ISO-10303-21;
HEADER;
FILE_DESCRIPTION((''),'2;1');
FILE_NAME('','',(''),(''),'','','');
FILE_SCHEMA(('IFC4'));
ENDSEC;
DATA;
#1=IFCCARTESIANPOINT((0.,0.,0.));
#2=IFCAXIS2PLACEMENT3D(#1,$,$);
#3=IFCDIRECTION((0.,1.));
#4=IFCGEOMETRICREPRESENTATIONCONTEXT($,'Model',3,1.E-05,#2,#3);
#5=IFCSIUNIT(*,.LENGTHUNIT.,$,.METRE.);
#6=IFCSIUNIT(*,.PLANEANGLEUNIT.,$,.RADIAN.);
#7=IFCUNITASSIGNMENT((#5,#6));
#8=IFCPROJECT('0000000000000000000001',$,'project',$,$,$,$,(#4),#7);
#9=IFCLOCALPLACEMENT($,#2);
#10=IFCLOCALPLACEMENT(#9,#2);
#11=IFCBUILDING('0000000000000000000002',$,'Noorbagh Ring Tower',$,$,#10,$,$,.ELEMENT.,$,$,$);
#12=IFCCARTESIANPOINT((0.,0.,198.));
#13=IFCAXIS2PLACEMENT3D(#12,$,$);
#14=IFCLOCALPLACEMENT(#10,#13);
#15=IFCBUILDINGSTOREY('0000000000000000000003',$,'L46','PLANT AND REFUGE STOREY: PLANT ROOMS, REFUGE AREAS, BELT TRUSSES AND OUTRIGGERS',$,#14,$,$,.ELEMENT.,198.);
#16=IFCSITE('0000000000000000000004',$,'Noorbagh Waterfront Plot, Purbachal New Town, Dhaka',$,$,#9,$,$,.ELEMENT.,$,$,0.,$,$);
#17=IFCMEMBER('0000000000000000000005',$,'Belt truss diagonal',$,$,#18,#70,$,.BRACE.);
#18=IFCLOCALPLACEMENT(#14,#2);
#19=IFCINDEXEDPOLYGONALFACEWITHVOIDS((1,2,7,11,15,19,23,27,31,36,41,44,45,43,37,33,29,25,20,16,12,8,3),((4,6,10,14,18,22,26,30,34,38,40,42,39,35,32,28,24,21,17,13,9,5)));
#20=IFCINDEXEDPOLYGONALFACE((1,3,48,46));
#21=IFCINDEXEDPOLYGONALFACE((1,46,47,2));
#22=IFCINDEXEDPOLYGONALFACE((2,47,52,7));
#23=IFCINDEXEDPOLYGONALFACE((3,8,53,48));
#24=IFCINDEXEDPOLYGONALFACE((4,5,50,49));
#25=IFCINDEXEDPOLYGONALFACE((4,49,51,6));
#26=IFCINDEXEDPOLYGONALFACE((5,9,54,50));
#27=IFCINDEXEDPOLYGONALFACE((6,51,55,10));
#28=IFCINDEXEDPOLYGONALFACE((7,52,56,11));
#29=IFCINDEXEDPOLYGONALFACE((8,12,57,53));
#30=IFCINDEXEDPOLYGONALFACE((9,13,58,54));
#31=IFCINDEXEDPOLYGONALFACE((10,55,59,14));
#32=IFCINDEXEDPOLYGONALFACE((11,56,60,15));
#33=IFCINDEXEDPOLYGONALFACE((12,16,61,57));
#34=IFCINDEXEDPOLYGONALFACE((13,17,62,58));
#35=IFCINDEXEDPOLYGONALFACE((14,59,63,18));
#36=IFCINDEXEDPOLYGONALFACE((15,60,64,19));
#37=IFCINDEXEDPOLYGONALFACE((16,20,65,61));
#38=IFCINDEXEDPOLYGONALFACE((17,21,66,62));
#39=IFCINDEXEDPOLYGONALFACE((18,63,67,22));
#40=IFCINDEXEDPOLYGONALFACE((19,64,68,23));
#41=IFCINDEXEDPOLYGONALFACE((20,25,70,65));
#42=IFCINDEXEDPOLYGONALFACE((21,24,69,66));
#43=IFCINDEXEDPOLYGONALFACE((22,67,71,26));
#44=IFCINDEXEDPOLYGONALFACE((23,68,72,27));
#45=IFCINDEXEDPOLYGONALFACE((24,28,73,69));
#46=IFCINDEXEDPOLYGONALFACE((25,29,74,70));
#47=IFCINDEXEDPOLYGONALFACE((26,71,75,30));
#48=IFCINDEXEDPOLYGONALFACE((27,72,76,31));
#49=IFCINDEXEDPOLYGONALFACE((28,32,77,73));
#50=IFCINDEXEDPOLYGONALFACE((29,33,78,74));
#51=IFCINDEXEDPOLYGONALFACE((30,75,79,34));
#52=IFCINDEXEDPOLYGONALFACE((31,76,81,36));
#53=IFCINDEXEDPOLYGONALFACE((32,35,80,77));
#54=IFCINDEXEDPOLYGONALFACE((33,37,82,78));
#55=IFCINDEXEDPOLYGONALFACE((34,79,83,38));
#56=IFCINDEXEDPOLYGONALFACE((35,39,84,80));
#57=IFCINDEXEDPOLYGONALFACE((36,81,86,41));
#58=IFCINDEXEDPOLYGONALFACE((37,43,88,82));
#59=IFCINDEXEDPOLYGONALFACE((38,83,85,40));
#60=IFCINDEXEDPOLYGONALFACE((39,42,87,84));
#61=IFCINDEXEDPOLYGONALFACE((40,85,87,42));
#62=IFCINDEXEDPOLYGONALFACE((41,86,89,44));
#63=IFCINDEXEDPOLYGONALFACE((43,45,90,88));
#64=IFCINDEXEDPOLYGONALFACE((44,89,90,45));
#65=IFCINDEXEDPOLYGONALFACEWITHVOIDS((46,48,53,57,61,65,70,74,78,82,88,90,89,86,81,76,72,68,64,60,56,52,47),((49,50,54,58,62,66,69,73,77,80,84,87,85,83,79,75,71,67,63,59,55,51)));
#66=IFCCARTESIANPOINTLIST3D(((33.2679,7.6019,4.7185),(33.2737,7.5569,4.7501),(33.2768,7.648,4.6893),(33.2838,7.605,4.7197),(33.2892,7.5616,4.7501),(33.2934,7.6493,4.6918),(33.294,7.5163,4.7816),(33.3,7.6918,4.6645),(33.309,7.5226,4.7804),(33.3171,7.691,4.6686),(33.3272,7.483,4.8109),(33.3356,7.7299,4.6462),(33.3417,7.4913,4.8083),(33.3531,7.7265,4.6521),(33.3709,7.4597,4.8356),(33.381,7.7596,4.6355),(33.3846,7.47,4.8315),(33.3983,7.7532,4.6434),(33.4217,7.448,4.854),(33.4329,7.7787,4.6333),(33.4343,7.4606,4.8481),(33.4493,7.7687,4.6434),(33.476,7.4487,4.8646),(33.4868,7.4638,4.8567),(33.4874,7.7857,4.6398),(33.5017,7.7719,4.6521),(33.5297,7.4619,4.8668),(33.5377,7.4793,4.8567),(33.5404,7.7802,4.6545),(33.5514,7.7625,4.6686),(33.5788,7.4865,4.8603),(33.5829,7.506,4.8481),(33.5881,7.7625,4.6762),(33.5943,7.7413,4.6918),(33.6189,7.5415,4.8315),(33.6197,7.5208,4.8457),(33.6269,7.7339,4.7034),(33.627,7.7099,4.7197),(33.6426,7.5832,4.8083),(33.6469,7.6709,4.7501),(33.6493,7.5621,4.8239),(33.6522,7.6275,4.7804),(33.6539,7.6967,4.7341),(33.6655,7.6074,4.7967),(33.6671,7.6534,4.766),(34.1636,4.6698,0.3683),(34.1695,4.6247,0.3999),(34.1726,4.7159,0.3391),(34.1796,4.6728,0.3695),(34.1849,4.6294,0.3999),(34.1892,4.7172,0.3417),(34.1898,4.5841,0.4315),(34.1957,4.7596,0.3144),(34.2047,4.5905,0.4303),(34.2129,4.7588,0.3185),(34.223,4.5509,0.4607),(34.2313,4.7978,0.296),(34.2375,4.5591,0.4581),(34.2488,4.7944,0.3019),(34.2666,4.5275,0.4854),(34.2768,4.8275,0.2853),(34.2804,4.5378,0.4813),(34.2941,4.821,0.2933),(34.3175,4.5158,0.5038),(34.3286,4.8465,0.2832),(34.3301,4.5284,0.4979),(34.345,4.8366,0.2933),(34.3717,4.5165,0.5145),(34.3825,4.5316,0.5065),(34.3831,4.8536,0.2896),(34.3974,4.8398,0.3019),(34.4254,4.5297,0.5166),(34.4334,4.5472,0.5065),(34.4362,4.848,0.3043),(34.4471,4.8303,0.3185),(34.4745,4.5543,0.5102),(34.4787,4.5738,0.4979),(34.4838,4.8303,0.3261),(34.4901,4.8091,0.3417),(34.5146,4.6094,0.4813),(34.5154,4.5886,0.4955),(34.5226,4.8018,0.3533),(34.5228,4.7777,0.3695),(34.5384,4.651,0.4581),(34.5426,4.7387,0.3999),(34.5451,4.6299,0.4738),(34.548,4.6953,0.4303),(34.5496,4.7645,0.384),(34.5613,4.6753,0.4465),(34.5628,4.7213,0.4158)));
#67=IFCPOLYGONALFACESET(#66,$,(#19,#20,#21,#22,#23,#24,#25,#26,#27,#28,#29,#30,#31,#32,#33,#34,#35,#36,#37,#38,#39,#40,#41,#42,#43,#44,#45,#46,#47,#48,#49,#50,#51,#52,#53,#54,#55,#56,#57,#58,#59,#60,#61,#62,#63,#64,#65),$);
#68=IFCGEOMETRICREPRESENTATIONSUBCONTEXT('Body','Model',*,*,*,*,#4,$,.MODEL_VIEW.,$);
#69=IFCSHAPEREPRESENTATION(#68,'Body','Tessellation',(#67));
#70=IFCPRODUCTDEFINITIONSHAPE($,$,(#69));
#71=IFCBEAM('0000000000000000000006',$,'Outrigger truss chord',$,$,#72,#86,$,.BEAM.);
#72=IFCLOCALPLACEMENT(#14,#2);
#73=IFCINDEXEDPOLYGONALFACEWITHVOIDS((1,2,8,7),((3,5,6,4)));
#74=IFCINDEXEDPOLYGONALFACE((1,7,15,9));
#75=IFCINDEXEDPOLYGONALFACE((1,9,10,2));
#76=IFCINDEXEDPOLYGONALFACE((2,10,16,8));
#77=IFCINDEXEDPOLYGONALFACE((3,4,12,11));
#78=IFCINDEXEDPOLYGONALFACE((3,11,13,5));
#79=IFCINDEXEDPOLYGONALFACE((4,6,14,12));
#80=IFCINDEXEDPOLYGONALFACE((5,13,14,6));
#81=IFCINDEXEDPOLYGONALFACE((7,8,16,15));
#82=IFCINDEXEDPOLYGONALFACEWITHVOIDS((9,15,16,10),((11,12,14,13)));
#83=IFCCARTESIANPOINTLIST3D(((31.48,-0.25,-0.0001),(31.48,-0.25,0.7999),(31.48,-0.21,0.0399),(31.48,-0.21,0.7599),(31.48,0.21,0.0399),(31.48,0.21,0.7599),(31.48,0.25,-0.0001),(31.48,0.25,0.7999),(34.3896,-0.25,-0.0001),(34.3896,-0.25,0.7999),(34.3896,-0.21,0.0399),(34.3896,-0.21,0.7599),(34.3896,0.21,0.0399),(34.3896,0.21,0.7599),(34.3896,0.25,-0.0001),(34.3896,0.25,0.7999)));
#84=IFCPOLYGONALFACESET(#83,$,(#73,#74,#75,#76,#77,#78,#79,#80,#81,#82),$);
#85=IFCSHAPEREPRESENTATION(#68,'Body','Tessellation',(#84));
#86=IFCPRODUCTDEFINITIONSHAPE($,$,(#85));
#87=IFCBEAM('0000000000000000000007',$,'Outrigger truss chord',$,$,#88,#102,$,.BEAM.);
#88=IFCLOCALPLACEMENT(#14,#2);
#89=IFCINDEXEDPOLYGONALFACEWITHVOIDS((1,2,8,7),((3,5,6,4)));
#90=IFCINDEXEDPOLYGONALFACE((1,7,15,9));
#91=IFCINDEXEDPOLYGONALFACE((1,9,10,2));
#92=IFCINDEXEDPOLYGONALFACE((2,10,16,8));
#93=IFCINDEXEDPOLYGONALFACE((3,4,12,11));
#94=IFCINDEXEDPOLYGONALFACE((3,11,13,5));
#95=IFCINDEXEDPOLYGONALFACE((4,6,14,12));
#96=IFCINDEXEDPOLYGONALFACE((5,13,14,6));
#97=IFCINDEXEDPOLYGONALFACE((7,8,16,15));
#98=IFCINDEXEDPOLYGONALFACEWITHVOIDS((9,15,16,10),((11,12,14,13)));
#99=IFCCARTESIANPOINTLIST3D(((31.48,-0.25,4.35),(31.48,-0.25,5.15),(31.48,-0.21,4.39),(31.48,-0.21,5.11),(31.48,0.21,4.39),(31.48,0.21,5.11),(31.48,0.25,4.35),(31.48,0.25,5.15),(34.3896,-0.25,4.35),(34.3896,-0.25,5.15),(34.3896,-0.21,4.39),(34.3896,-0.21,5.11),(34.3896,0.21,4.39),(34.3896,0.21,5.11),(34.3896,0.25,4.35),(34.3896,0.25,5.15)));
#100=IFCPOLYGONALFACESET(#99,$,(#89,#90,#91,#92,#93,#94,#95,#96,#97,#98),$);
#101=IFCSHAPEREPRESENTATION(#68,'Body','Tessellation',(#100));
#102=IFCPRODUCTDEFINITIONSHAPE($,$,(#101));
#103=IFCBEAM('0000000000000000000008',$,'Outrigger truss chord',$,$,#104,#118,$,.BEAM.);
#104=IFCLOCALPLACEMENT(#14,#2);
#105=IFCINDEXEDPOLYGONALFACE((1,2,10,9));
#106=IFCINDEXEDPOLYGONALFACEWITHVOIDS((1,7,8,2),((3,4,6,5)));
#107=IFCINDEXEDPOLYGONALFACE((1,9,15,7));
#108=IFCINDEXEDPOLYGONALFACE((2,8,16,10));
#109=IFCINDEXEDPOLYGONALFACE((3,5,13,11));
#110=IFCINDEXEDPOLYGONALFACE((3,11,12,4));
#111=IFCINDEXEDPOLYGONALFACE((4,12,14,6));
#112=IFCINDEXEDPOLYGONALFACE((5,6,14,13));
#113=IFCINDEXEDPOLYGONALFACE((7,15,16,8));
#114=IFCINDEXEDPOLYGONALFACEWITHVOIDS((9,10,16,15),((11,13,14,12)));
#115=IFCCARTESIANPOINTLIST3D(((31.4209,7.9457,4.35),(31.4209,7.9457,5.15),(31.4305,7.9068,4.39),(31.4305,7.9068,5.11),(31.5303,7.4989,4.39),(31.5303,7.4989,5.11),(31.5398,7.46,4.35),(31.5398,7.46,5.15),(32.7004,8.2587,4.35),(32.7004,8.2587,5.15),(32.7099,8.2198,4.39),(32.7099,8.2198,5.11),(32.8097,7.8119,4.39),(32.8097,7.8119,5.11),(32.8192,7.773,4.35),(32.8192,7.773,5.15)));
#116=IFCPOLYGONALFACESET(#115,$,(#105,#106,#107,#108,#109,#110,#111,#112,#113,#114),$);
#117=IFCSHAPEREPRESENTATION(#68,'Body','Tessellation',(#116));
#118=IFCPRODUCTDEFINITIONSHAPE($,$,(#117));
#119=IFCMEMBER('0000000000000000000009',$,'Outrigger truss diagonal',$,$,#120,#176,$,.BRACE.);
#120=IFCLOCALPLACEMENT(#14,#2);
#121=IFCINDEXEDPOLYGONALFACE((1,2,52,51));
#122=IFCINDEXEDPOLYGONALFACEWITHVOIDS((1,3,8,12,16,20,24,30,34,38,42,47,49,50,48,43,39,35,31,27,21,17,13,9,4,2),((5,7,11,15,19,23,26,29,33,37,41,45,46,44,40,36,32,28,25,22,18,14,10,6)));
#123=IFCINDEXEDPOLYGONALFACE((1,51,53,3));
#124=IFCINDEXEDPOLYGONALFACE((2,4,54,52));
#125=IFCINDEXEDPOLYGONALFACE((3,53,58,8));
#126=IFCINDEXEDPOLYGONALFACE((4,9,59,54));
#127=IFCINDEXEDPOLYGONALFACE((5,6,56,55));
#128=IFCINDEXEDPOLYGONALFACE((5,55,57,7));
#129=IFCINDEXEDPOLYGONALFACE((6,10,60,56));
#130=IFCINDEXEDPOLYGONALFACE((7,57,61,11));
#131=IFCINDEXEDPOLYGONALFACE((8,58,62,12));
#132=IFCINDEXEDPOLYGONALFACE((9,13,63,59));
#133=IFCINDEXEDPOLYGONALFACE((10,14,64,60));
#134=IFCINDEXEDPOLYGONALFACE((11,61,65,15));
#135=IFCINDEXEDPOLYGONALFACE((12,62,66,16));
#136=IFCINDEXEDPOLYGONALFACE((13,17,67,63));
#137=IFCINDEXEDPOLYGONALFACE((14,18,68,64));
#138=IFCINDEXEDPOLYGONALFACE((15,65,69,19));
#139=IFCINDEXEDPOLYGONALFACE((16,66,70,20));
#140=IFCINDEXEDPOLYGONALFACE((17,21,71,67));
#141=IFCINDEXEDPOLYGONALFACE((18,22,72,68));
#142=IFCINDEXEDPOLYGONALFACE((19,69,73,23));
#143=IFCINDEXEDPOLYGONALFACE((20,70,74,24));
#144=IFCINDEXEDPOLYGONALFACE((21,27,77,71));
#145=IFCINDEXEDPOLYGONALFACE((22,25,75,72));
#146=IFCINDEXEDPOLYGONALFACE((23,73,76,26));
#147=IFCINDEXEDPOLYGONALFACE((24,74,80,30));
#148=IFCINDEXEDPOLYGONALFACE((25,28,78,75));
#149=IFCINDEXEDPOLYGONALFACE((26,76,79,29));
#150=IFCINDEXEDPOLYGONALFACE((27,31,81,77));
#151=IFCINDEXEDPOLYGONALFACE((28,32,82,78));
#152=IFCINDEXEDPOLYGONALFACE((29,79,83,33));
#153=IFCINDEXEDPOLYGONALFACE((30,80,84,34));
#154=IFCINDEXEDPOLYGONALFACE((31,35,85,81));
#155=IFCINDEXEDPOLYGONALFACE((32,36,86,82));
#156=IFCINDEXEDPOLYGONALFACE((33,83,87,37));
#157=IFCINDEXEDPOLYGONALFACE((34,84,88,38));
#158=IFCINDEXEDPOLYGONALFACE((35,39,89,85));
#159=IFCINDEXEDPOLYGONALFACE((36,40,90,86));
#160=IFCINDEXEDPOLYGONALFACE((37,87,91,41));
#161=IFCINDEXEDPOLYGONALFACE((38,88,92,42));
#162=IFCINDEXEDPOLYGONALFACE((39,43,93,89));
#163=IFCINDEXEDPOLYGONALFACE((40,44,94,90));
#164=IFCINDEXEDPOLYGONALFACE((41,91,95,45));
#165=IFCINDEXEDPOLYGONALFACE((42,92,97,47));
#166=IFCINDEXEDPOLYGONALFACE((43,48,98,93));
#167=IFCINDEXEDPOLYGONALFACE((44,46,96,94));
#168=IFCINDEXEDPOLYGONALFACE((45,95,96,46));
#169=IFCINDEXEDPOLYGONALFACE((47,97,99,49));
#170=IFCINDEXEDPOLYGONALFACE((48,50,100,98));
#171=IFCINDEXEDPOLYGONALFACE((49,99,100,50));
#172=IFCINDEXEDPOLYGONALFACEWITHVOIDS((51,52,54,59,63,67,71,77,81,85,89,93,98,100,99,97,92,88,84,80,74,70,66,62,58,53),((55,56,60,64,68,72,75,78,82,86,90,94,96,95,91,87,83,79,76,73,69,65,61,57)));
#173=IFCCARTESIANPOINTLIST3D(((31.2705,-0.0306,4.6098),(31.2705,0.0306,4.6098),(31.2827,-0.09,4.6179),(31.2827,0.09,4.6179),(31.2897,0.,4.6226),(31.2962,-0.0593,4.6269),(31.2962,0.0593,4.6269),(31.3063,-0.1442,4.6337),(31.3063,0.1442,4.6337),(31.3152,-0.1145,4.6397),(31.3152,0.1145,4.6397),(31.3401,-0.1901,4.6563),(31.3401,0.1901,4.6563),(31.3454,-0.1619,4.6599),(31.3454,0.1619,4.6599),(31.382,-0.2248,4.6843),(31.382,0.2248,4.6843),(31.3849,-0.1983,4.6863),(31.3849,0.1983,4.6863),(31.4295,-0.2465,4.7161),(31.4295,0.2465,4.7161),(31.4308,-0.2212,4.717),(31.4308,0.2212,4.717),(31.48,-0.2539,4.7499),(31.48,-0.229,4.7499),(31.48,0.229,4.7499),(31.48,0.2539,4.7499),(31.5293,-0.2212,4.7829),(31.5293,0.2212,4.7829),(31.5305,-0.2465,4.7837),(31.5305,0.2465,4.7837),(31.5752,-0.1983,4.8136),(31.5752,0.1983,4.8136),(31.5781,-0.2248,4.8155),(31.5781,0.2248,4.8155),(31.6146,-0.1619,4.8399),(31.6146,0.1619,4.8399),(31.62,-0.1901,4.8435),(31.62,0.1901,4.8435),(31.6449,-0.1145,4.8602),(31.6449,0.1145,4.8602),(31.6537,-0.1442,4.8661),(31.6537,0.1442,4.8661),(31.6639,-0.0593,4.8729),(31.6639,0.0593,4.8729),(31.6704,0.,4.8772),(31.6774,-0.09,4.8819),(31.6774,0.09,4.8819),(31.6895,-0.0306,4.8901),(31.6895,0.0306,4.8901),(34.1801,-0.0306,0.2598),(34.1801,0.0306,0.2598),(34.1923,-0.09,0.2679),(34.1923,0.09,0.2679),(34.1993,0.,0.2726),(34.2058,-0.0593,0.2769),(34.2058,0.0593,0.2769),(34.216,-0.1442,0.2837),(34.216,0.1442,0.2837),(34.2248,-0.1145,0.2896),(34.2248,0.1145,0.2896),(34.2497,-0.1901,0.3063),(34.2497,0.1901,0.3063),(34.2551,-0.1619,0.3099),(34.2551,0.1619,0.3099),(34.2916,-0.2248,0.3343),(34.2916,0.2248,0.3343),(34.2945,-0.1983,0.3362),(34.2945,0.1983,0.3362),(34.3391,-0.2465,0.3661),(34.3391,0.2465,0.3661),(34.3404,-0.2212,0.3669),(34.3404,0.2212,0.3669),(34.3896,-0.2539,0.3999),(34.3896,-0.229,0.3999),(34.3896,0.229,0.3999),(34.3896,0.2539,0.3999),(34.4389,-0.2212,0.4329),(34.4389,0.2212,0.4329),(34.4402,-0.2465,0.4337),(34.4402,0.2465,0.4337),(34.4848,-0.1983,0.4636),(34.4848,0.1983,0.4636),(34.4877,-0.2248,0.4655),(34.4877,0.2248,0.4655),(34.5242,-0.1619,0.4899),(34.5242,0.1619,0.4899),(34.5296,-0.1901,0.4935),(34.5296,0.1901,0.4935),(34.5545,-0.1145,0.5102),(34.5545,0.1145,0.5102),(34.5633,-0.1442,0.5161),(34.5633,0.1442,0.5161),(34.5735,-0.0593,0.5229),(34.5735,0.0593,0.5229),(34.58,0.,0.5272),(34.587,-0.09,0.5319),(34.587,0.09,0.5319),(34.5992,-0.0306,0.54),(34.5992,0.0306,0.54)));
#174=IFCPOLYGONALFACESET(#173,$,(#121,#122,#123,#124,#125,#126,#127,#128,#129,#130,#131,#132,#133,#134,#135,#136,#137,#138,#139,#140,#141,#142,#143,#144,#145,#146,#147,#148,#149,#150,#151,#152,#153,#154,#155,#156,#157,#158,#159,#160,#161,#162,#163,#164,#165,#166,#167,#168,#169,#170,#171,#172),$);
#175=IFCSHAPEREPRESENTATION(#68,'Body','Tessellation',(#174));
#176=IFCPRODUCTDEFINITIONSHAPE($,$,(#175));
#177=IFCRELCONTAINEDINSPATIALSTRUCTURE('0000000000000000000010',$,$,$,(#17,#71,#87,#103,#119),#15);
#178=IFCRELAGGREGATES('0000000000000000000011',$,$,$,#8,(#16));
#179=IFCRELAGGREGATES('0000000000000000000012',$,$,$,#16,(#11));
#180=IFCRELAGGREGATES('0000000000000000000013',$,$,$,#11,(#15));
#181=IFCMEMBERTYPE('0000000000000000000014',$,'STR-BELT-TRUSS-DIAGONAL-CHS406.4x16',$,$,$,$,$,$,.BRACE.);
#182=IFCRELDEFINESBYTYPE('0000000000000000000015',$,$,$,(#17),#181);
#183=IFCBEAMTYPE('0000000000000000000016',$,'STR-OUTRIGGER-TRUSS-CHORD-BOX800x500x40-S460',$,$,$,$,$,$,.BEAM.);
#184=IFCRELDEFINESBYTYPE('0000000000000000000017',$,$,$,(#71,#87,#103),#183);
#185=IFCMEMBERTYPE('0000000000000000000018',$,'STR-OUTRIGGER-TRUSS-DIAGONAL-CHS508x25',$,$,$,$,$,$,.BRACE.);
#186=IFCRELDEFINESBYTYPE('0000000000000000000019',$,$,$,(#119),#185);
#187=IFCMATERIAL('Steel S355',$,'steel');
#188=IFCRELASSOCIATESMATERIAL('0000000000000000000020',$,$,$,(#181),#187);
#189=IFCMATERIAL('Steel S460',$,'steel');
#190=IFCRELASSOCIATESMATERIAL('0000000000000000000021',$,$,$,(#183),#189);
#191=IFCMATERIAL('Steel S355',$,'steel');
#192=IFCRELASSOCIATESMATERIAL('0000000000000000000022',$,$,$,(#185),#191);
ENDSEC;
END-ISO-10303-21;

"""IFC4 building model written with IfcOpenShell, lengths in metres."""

from ifc_helpers import new_model, si_unit, direction, frame, origin, origin_2d, place, context, subcontext, project, spatial, hollow_rectangle, hollow_circle, extrude, material, material_profile, profile_set, type_object, element, save


model = new_model("IFC4")

# Units and contexts
model_context = context("Model", 3, precision=1e-05, world=origin(), true_north=direction((0.0, 1.0)))
body_context = subcontext(model_context, "Body", "Model", "MODEL_VIEW")
ifc_project = project(units=[si_unit("LENGTHUNIT", "METRE"), si_unit("PLANEANGLEUNIT", "RADIAN")], contexts=[model_context])

# Site, building, storey
site_placement = place(None, origin())
site = spatial("IfcSite", under=ifc_project, at=site_placement, Name="Noorbagh Waterfront Plot, Purbachal New Town, Dhaka", CompositionType="ELEMENT", RefElevation=0.0)
building_placement = place(site_placement, origin())
building = spatial("IfcBuilding", under=site, at=building_placement, Name="Noorbagh Ring Tower", CompositionType="ELEMENT")
storey_placement = place(building_placement, frame((0.0, 0.0, 198.0)))
storey = spatial("IfcBuildingStorey", under=building, at=storey_placement, Name="L46", Description="PLANT AND REFUGE STOREY: PLANT ROOMS, REFUGE AREAS, BELT TRUSSES AND OUTRIGGERS", CompositionType="ELEMENT", Elevation=198.0)

# Member
ifc_material_1 = material(Name="Steel S355", Category="steel")
ifc_material_profile_1 = material_profile(ifc_material_1, hollow_circle(Radius=0.2031, WallThickness=0.0161, at=origin_2d()), Name="CHS406.4x16")
ifc_profile_set_1 = profile_set([ifc_material_profile_1], Name="Steel S355")
member_type_1 = type_object("IfcMemberType", Name="STR-BELT-TRUSS-DIAGONAL-CHS406.4x16", PredefinedType="BRACE", material=ifc_profile_set_1)
member_1_placement = place(storey_placement, frame((34.3638, 4.6841, 0.3999), z_axis=(-0.168313, 0.550951, 0.817389), x_axis=(-0.956368, -0.292166, 0.0)))
element("IfcMember", 1, at=member_1_placement, inside=storey, type_object=member_type_1, Name="Belt truss diagonal", PredefinedType="BRACE", context=body_context, shape_type="SweptSolid", body=[
    extrude(hollow_circle(Radius=0.2031, WallThickness=0.0161, at=origin_2d()), origin(), (0.0, 0.0, 1.0), 5.322),
])

# Beams
ifc_material_2 = material(Name="Steel S460", Category="steel")
ifc_material_profile_2 = material_profile(ifc_material_2, hollow_rectangle(XDim=0.5, YDim=0.8, WallThickness=0.04, at=origin_2d()), Name="BOX800x500x40")
ifc_profile_set_2 = profile_set([ifc_material_profile_2], Name="Steel S460")
beam_type_1 = type_object("IfcBeamType", Name="STR-OUTRIGGER-TRUSS-CHORD-BOX800x500x40-S460", PredefinedType="BEAM", material=ifc_profile_set_2)
for number, where, z_axis, x_axis, name in (
    (2, (34.3896, 0.0, 0.3999), (-1.0, 0.0, 0.0), (0.0, -1.0, 0.0), "Outrigger truss chord"),
    (3, (34.3896, 0.0, 4.75), (-1.0, 0.0, 0.0), (0.0, -1.0, 0.0), "Outrigger truss chord"),
):
    element("IfcBeam", number, at=place(storey_placement, frame(where, z_axis=z_axis, x_axis=x_axis)), inside=storey, type_object=beam_type_1, Name=name, PredefinedType="BEAM", context=body_context, shape_type="SweptSolid", body=[
        extrude(hollow_rectangle(XDim=0.5, YDim=0.8, WallThickness=0.04, at=origin_2d()), origin(), (0.0, 0.0, 1.0), 2.9097),
    ])
beam_placement = place(storey_placement, frame((32.7598, 8.0159, 4.75), z_axis=(-0.971351, -0.237647, 0.0), x_axis=(0.237647, -0.971351, 0.0)))
element("IfcBeam", 4, at=beam_placement, inside=storey, type_object=beam_type_1, Name="Outrigger truss chord", PredefinedType="BEAM", context=body_context, shape_type="SweptSolid", body=[
    extrude(hollow_rectangle(XDim=0.5, YDim=0.8, WallThickness=0.04, at=origin_2d()), origin(), (0.0, 0.0, 1.0), 1.3171),
])

# Member
ifc_material_3 = material(Name="Steel S355", Category="steel")
ifc_material_profile_3 = material_profile(ifc_material_3, hollow_circle(Radius=0.2539, WallThickness=0.0249, at=origin_2d()), Name="CHS508x25")
ifc_profile_set_3 = profile_set([ifc_material_profile_3], Name="Steel S355")
member_type_2 = type_object("IfcMemberType", Name="STR-OUTRIGGER-TRUSS-DIAGONAL-CHS508x25", PredefinedType="BRACE", material=ifc_profile_set_3)
member_2_placement = place(storey_placement, frame((34.3896, 0.0, 0.3999), z_axis=(-0.55597, 0.0, 0.831202), x_axis=(0.0, -1.0, 0.0)))
element("IfcMember", 5, at=member_2_placement, inside=storey, type_object=member_type_2, Name="Outrigger truss diagonal", PredefinedType="BRACE", context=body_context, shape_type="SweptSolid", body=[
    extrude(hollow_circle(Radius=0.2539, WallThickness=0.0249, at=origin_2d()), origin(), (0.0, 0.0, 1.0), 5.2334),
])

save(model, "model.ifc")
